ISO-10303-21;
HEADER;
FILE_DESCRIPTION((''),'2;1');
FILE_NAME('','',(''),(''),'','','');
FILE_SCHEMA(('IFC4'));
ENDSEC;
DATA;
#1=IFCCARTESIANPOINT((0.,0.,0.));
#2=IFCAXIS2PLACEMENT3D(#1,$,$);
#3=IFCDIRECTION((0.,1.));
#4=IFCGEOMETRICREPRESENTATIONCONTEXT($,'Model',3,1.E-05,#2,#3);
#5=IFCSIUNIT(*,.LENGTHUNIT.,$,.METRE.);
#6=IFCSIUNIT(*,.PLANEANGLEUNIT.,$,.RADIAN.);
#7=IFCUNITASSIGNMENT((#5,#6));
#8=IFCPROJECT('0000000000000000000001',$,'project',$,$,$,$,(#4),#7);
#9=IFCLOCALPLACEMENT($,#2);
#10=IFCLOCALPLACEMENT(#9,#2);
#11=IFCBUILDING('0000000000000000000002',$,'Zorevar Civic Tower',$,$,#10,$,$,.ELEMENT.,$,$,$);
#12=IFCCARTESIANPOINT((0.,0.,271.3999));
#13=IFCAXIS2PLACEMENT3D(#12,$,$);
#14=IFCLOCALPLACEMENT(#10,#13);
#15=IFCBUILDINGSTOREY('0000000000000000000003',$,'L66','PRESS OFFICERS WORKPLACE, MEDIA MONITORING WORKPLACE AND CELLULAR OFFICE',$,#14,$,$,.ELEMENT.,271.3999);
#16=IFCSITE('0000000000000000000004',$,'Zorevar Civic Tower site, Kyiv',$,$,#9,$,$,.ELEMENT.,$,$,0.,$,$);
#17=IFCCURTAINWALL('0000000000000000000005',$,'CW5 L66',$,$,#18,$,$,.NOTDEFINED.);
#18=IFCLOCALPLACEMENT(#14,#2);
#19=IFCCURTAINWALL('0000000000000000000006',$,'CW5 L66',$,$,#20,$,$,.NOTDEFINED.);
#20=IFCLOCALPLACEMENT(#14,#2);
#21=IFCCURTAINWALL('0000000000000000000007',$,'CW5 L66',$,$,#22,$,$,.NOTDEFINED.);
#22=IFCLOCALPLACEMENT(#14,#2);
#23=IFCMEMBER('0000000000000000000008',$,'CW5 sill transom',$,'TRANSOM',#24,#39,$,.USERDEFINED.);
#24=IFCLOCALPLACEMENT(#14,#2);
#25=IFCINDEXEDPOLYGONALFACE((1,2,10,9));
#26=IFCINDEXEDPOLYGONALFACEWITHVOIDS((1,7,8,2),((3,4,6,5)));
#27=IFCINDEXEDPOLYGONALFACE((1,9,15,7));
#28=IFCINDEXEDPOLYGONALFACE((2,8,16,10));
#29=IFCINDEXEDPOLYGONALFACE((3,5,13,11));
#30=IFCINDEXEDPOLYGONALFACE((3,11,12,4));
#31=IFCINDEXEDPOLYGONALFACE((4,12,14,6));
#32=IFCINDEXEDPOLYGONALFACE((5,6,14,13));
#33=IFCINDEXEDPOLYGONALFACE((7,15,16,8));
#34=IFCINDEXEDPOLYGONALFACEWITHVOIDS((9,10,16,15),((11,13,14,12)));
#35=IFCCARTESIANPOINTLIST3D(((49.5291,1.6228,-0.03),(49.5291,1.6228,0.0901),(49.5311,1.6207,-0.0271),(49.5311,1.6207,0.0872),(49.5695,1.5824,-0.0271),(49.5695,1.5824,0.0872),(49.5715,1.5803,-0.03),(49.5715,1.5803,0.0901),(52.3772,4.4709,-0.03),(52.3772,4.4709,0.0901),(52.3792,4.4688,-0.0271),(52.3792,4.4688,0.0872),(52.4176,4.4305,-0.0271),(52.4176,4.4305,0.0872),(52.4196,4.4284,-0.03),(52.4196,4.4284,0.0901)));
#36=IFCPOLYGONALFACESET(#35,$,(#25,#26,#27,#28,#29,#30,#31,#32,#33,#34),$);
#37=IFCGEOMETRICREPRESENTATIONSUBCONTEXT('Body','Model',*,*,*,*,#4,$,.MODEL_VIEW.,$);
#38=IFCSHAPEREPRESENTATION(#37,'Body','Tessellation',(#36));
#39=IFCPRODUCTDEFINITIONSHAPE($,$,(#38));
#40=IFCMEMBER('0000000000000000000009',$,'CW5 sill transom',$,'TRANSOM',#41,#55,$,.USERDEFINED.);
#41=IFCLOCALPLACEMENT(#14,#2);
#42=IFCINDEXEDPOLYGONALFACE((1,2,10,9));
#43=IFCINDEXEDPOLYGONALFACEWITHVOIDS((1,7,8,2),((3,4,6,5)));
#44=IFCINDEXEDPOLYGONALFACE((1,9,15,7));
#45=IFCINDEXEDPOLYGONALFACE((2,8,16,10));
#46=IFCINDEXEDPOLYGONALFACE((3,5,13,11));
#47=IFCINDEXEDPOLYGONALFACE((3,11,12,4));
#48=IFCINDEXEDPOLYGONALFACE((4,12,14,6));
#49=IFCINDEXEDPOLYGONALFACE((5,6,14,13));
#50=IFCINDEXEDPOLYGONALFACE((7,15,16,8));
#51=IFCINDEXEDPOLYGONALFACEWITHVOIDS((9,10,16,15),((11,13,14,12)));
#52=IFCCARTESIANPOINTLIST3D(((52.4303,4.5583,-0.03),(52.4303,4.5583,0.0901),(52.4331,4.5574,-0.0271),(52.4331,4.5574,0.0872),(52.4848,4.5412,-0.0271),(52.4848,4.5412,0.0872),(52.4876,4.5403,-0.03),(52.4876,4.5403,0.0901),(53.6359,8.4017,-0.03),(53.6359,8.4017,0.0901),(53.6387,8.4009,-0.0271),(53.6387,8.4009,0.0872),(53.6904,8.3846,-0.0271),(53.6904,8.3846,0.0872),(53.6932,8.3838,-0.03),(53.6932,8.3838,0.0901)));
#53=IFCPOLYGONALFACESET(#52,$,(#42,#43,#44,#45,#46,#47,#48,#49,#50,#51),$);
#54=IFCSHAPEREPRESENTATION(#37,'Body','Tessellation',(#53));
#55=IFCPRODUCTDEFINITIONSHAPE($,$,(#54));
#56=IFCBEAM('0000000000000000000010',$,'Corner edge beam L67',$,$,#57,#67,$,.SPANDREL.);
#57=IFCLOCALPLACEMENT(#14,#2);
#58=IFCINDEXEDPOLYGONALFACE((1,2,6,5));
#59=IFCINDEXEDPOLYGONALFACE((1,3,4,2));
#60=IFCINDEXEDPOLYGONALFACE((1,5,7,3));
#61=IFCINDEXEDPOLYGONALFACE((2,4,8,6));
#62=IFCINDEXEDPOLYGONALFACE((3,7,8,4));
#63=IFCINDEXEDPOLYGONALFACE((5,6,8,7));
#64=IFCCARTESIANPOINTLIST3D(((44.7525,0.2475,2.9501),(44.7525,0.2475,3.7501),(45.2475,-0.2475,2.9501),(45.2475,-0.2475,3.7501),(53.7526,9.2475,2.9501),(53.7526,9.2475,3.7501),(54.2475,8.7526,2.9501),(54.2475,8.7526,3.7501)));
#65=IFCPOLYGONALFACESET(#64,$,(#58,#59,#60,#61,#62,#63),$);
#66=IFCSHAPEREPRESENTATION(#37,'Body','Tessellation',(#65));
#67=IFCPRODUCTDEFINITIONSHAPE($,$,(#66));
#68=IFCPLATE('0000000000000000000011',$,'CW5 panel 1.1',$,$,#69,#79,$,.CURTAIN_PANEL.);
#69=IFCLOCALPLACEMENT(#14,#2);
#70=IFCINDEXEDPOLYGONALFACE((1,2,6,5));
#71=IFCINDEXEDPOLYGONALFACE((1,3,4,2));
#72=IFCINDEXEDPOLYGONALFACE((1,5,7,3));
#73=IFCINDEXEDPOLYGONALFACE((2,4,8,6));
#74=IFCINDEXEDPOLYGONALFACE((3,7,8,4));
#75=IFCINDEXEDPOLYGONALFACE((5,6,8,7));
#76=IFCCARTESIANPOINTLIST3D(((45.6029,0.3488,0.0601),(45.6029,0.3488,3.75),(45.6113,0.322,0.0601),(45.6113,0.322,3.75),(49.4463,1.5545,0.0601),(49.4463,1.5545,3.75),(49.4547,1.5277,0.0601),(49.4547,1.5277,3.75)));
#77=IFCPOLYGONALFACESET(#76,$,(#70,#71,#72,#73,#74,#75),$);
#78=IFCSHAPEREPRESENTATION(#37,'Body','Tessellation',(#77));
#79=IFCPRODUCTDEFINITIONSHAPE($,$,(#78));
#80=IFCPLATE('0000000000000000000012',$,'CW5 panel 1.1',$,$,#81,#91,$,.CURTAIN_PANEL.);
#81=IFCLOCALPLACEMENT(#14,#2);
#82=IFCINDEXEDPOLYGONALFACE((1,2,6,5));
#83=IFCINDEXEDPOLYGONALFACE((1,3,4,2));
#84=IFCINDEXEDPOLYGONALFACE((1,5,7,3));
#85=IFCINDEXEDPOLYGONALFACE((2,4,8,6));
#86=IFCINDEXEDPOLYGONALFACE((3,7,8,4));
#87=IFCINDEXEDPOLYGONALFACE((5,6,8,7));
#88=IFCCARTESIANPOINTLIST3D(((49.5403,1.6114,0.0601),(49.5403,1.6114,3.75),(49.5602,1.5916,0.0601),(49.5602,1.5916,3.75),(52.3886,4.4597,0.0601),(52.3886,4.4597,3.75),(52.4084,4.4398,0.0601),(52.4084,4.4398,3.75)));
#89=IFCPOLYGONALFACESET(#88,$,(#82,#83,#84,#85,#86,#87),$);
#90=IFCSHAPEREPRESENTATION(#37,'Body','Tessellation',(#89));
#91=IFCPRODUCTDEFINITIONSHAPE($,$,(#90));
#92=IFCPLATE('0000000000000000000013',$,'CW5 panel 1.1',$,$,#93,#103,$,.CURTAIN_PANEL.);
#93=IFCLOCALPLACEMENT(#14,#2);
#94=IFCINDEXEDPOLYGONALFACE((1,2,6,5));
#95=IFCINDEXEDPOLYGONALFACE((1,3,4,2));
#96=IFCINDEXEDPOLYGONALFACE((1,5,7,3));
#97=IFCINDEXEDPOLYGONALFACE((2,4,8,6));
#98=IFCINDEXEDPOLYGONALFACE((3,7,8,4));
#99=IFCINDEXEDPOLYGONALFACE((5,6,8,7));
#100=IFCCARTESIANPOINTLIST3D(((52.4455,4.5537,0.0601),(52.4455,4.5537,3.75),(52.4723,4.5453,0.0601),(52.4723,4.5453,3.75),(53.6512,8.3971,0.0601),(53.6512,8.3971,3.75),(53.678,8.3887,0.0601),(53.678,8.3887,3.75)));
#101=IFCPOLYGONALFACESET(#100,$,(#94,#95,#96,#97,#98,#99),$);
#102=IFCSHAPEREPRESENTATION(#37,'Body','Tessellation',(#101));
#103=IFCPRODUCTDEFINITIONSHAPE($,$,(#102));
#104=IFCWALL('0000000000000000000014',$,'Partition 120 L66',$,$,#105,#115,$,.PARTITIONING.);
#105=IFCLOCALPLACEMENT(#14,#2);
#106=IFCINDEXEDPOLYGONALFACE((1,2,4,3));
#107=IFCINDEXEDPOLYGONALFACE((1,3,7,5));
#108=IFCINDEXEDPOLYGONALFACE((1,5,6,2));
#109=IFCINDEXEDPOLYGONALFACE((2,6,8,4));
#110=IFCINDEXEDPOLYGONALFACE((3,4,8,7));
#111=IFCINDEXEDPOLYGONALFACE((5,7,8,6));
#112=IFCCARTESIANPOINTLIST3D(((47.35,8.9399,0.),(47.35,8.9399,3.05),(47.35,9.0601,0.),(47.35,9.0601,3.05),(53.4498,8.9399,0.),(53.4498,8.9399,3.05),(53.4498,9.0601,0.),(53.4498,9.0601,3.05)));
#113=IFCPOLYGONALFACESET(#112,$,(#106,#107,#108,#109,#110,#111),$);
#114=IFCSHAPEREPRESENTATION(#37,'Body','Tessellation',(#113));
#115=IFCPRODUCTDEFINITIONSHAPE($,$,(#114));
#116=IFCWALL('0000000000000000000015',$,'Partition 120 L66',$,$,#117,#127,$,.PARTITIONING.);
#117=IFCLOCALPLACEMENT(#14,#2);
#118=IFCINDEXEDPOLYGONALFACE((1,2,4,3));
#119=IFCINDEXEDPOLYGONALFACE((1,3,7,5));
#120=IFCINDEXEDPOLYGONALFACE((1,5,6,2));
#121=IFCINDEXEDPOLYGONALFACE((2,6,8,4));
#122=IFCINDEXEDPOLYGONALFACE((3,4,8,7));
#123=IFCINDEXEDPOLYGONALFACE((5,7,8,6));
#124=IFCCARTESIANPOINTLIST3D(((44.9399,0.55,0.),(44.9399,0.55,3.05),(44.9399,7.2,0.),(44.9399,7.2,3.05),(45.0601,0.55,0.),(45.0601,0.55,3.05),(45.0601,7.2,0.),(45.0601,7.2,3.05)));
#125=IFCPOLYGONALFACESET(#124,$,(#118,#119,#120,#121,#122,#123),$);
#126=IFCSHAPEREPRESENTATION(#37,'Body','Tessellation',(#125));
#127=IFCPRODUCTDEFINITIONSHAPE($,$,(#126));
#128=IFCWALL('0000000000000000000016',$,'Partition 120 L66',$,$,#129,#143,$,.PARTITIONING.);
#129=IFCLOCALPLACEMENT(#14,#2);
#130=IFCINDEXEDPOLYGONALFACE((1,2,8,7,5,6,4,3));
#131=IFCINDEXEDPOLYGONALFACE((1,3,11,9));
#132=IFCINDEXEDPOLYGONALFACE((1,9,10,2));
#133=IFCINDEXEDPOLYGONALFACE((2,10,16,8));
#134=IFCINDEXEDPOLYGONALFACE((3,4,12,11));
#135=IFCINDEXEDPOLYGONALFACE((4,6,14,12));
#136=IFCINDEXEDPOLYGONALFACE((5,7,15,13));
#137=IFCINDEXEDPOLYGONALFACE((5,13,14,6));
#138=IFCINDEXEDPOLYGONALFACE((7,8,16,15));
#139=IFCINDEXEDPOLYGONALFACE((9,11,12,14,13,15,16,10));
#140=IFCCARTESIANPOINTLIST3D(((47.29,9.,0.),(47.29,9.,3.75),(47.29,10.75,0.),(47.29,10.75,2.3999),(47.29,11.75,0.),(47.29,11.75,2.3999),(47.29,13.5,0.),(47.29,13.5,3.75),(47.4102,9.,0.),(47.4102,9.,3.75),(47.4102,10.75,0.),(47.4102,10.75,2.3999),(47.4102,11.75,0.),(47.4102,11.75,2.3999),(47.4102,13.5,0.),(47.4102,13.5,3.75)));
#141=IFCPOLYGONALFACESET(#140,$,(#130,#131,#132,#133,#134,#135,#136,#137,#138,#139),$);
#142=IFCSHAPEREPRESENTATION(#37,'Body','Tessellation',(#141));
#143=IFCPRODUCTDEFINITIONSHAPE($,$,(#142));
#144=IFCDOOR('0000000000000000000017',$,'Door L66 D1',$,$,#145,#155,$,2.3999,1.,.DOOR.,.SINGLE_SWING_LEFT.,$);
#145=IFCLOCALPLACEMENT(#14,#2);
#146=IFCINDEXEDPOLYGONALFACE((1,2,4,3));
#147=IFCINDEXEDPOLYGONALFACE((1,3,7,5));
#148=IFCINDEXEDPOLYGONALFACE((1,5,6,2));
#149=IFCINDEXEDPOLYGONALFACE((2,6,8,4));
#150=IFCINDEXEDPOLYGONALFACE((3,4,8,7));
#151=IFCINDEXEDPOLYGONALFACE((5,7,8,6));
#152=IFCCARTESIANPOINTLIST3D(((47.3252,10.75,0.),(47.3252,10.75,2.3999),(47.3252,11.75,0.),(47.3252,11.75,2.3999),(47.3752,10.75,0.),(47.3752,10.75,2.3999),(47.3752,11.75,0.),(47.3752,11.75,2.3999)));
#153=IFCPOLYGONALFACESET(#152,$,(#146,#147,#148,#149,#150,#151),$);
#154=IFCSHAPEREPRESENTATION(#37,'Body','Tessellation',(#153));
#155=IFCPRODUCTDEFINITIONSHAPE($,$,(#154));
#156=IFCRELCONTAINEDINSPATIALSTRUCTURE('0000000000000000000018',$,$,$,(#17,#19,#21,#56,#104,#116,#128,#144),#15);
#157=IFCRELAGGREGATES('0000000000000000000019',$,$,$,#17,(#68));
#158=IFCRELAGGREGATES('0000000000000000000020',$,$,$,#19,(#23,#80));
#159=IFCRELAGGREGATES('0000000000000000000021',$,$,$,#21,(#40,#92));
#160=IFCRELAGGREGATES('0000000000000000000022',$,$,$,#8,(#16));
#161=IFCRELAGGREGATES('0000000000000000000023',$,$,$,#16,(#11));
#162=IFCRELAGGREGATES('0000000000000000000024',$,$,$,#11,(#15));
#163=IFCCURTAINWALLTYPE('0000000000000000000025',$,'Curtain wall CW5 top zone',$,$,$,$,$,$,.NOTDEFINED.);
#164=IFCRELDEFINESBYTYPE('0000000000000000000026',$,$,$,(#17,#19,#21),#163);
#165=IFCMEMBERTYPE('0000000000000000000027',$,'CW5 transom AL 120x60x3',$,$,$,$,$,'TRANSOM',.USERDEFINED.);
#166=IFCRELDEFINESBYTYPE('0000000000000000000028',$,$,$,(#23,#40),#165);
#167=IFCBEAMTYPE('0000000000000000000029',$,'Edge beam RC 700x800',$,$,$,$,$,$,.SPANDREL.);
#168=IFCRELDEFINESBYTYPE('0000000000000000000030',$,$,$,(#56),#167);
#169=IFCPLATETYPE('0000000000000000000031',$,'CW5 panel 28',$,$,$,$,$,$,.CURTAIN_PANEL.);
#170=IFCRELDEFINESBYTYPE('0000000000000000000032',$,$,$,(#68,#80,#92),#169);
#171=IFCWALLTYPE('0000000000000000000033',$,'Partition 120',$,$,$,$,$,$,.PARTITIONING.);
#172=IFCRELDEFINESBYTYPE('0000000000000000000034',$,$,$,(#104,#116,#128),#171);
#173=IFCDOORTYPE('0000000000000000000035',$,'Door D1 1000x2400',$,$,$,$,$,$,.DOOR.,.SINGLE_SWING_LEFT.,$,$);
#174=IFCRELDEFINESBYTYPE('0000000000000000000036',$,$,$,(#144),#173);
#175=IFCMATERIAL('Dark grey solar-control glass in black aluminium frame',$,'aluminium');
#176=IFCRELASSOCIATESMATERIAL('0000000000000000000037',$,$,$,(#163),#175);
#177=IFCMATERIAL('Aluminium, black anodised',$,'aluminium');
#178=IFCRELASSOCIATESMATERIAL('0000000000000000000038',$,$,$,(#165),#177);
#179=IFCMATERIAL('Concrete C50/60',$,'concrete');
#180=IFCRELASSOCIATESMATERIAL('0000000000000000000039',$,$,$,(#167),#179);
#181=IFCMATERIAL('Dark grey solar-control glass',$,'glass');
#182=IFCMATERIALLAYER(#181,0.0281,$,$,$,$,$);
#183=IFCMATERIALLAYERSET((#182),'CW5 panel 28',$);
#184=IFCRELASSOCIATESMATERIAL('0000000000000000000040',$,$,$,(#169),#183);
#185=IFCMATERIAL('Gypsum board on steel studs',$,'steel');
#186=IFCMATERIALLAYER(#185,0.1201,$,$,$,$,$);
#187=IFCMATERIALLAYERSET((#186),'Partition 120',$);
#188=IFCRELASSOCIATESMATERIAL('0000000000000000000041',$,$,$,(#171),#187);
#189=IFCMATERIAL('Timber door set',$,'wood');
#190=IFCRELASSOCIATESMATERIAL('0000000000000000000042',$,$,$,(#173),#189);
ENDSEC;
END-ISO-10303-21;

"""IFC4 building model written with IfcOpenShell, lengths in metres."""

from ifc_helpers import new_model, si_unit, direction, frame, frame_2d, origin, origin_2d, place, context, subcontext, project, spatial, rectangle, hollow_rectangle, extrude, material, layer, layer_set, material_profile, profile_set, type_object, element, fill, aggregate, save


model = new_model("IFC4")

# Units and contexts
model_context = context("Model", 3, precision=1e-05, world=origin(), true_north=direction((0.0, 1.0)))
body_context = subcontext(model_context, "Body", "Model", "MODEL_VIEW")
ifc_project = project(units=[si_unit("LENGTHUNIT", "METRE"), si_unit("PLANEANGLEUNIT", "RADIAN")], contexts=[model_context])

# Site, building, storey
site_placement = place(None, origin())
site = spatial("IfcSite", under=ifc_project, at=site_placement, Name="Zorevar Civic Tower site, Kyiv", CompositionType="ELEMENT", RefElevation=0.0)
building_placement = place(site_placement, origin())
building = spatial("IfcBuilding", under=site, at=building_placement, Name="Zorevar Civic Tower", CompositionType="ELEMENT")
storey_placement = place(building_placement, frame((0.0, 0.0, 271.3999)))
storey = spatial("IfcBuildingStorey", under=building, at=storey_placement, Name="L66", Description="PRESS OFFICERS WORKPLACE, MEDIA MONITORING WORKPLACE AND CELLULAR OFFICE", CompositionType="ELEMENT", Elevation=271.3999)

# Curtain walls
ifc_material_1 = material(Name="Dark grey solar-control glass in black aluminium frame", Category="aluminium")
curtain_wall_type = type_object("IfcCurtainWallType", Name="Curtain wall CW5 top zone", PredefinedType="NOTDEFINED", material=ifc_material_1)
curtain_wall_1_placement = place(storey_placement, origin())
curtain_wall_1 = element("IfcCurtainWall", 1, at=curtain_wall_1_placement, inside=storey, type_object=curtain_wall_type, Name="CW5 L66", PredefinedType="NOTDEFINED")
curtain_wall_2_placement = place(storey_placement, origin())
curtain_wall_2 = element("IfcCurtainWall", 2, at=curtain_wall_2_placement, inside=storey, type_object=curtain_wall_type, Name="CW5 L66", PredefinedType="NOTDEFINED")
curtain_wall_3_placement = place(storey_placement, origin())
curtain_wall_3 = element("IfcCurtainWall", 3, at=curtain_wall_3_placement, inside=storey, type_object=curtain_wall_type, Name="CW5 L66", PredefinedType="NOTDEFINED")

# Members
ifc_material_2 = material(Name="Aluminium, black anodised", Category="aluminium")
ifc_material_profile_1 = material_profile(ifc_material_2, hollow_rectangle(XDim=0.0601, YDim=0.1201, WallThickness=0.0029, at=origin_2d()), Name="AL 120x60x3")
ifc_profile_set_1 = profile_set([ifc_material_profile_1], Name="Aluminium, black anodised")
member_type_1 = type_object("IfcMemberType", Name="CW5 transom AL 120x60x3", ElementType="TRANSOM", PredefinedType="USERDEFINED", material=ifc_profile_set_1)
member_1_placement = place(storey_placement, frame((49.5503, 1.6016, 0.03), z_axis=(0.707107, 0.707107, 0.0), x_axis=(-0.707107, 0.707107, 0.0)))
member_1 = element("IfcMember", 4, at=member_1_placement, type_object=member_type_1, Name="CW5 sill transom", ObjectType="TRANSOM", PredefinedType="USERDEFINED", context=body_context, shape_type="SweptSolid", body=[
    extrude(hollow_rectangle(XDim=0.0601, YDim=0.1201, WallThickness=0.0029, at=origin_2d()), origin(), (0.0, 0.0, 1.0), 4.0278),
])
member_2_placement = place(storey_placement, frame((52.459, 4.5493, 0.03), z_axis=(0.299286, 0.954163, 0.0), x_axis=(-0.954163, 0.299286, 0.0)))
member_2 = element("IfcMember", 5, at=member_2_placement, type_object=member_type_1, Name="CW5 sill transom", ObjectType="TRANSOM", PredefinedType="USERDEFINED", context=body_context, shape_type="SweptSolid", body=[
    extrude(hollow_rectangle(XDim=0.0601, YDim=0.1201, WallThickness=0.0029, at=origin_2d()), origin(), (0.0, 0.0, 1.0), 4.0281),
])

# Beam
ifc_material_3 = material(Name="Concrete C50/60", Category="concrete")
ifc_material_profile_2 = material_profile(ifc_material_3, rectangle(XDim=0.7, YDim=0.8, at=origin_2d()), Name="RC 700x800")
ifc_profile_set_2 = profile_set([ifc_material_profile_2], Name="Concrete C50/60")
beam_type_1 = type_object("IfcBeamType", Name="Edge beam RC 700x800", PredefinedType="SPANDREL", material=ifc_profile_set_2)
beam_1_placement = place(storey_placement, frame((45.0, 0.0, 3.3501), z_axis=(0.707107, 0.707107, 0.0), x_axis=(-0.707107, 0.707107, 0.0)))
element("IfcBeam", 6, at=beam_1_placement, inside=storey, type_object=beam_type_1, Name="Corner edge beam L67", PredefinedType="SPANDREL", context=body_context, shape_type="SweptSolid", body=[
    extrude(rectangle(XDim=0.7, YDim=0.8, at=origin_2d()), origin(), (0.0, 0.0, 1.0), 12.728),
])

# Plates
ifc_material_4 = material(Name="Dark grey solar-control glass", Category="glass")
ifc_layer_1 = layer(ifc_material_4, 0.0281)
ifc_layer_set_1 = layer_set([ifc_layer_1], Name="CW5 panel 28")
plate_type = type_object("IfcPlateType", Name="CW5 panel 28", PredefinedType="CURTAIN_PANEL", material=ifc_layer_set_1)
plate_1_placement = place(storey_placement, frame((47.5288, 0.9382, 0.0601), z_axis=(0.0, 0.0, 1.0), x_axis=(0.954153, 0.299318, 0.0)))
plate_1 = element("IfcPlate", 7, at=plate_1_placement, type_object=plate_type, Name="CW5 panel 1.1", PredefinedType="CURTAIN_PANEL", context=body_context, shape_type="SweptSolid", body=[
    extrude(rectangle(XDim=4.0281, YDim=0.0281, at=origin_2d()), origin(), (0.0, 0.0, 1.0), 3.6899),
])
aggregate(curtain_wall_1, [plate_1])
plate_2_placement = place(storey_placement, frame((50.9744, 3.0256, 0.0601), z_axis=(0.0, 0.0, 1.0), x_axis=(0.707107, 0.707107, 0.0)))
plate_2 = element("IfcPlate", 8, at=plate_2_placement, type_object=plate_type, Name="CW5 panel 1.1", PredefinedType="CURTAIN_PANEL", context=body_context, shape_type="SweptSolid", body=[
    extrude(rectangle(XDim=4.0281, YDim=0.0281, at=origin_2d()), origin(), (0.0, 0.0, 1.0), 3.6899),
])
aggregate(curtain_wall_2, [member_1, plate_2])
plate_3_placement = place(storey_placement, frame((53.0618, 6.4712, 0.0601), z_axis=(0.0, 0.0, 1.0), x_axis=(0.299318, 0.954153, 0.0)))
plate_3 = element("IfcPlate", 9, at=plate_3_placement, type_object=plate_type, Name="CW5 panel 1.1", PredefinedType="CURTAIN_PANEL", context=body_context, shape_type="SweptSolid", body=[
    extrude(rectangle(XDim=4.0281, YDim=0.0281, at=origin_2d()), origin(), (0.0, 0.0, 1.0), 3.6899),
])
aggregate(curtain_wall_3, [member_2, plate_3])

# Walls
ifc_material_5 = material(Name="Gypsum board on steel studs", Category="steel")
ifc_layer_2 = layer(ifc_material_5, 0.1201)
ifc_layer_set_2 = layer_set([ifc_layer_2], Name="Partition 120")
wall_type = type_object("IfcWallType", Name="Partition 120", PredefinedType="PARTITIONING", material=ifc_layer_set_2)
wall_1_placement = place(storey_placement, frame((47.3501, 9.0, 0.0), z_axis=(0.0, 0.0, 1.0), x_axis=(1.0, 0.0, 0.0)))
element("IfcWall", 10, at=wall_1_placement, inside=storey, type_object=wall_type, Name="Partition 120 L66", PredefinedType="PARTITIONING", context=body_context, shape_type="SweptSolid", body=[
    extrude(rectangle(XDim=6.0999, YDim=0.1201, at=frame_2d((3.0498, 0.0))), origin(), (0.0, 0.0, 1.0), 3.05),
])
wall_2_placement = place(storey_placement, frame((45.0, 0.55, 0.0), z_axis=(0.0, 0.0, 1.0), x_axis=(0.0, 1.0, 0.0)))
element("IfcWall", 11, at=wall_2_placement, inside=storey, type_object=wall_type, Name="Partition 120 L66", PredefinedType="PARTITIONING", context=body_context, shape_type="SweptSolid", body=[
    extrude(rectangle(XDim=6.6499, YDim=0.1201, at=frame_2d((3.325, 0.0))), origin(), (0.0, 0.0, 1.0), 3.05),
])

# Wall, opening, door
wall_3_placement = place(storey_placement, frame((47.3501, 9.0, 0.0), z_axis=(0.0, 0.0, 1.0), x_axis=(0.0, 1.0, 0.0)))
wall_3 = element("IfcWall", 12, at=wall_3_placement, inside=storey, type_object=wall_type, Name="Partition 120 L66", PredefinedType="PARTITIONING", context=body_context, shape_type="SweptSolid", body=[
    extrude(rectangle(XDim=4.5, YDim=0.1201, at=frame_2d((2.25, 0.0))), origin(), (0.0, 0.0, 1.0), 3.75),
])
opening_placement = place(wall_3_placement, frame((1.75, 0.0, 0.0)))
opening = element("IfcOpeningElement", 13, at=opening_placement, cuts=wall_3, PredefinedType="OPENING", context=body_context, shape_type="SweptSolid", body=[
    extrude(rectangle(XDim=1.0, YDim=2.3999, at=frame_2d((0.5, 1.2))), frame((0.0, 0.0701, 0.0), z_axis=(0.0, -1.0, 0.0), x_axis=(1.0, 0.0, 0.0)), (0.0, 0.0, 1.0), 0.1401),
])
ifc_material_6 = material(Name="Timber door set", Category="wood")
door_type = type_object("IfcDoorType", Name="Door D1 1000x2400", OperationType="SINGLE_SWING_LEFT", PredefinedType="DOOR", material=ifc_material_6)
door_placement = place(opening_placement, origin())
door = element("IfcDoor", 14, at=door_placement, inside=storey, type_object=door_type, Name="Door L66 D1", OperationType="SINGLE_SWING_LEFT", OverallHeight=2.3999, OverallWidth=1.0, PredefinedType="DOOR", context=body_context, shape_type="SweptSolid", body=[
    extrude(rectangle(XDim=1.0, YDim=2.3999, at=frame_2d((0.5, 1.2))), frame((0.0, 0.0249, 0.0), z_axis=(0.0, -1.0, 0.0), x_axis=(1.0, 0.0, 0.0)), (0.0, 0.0, 1.0), 0.05),
])
fill(opening, door)

save(model, "model.ifc")
